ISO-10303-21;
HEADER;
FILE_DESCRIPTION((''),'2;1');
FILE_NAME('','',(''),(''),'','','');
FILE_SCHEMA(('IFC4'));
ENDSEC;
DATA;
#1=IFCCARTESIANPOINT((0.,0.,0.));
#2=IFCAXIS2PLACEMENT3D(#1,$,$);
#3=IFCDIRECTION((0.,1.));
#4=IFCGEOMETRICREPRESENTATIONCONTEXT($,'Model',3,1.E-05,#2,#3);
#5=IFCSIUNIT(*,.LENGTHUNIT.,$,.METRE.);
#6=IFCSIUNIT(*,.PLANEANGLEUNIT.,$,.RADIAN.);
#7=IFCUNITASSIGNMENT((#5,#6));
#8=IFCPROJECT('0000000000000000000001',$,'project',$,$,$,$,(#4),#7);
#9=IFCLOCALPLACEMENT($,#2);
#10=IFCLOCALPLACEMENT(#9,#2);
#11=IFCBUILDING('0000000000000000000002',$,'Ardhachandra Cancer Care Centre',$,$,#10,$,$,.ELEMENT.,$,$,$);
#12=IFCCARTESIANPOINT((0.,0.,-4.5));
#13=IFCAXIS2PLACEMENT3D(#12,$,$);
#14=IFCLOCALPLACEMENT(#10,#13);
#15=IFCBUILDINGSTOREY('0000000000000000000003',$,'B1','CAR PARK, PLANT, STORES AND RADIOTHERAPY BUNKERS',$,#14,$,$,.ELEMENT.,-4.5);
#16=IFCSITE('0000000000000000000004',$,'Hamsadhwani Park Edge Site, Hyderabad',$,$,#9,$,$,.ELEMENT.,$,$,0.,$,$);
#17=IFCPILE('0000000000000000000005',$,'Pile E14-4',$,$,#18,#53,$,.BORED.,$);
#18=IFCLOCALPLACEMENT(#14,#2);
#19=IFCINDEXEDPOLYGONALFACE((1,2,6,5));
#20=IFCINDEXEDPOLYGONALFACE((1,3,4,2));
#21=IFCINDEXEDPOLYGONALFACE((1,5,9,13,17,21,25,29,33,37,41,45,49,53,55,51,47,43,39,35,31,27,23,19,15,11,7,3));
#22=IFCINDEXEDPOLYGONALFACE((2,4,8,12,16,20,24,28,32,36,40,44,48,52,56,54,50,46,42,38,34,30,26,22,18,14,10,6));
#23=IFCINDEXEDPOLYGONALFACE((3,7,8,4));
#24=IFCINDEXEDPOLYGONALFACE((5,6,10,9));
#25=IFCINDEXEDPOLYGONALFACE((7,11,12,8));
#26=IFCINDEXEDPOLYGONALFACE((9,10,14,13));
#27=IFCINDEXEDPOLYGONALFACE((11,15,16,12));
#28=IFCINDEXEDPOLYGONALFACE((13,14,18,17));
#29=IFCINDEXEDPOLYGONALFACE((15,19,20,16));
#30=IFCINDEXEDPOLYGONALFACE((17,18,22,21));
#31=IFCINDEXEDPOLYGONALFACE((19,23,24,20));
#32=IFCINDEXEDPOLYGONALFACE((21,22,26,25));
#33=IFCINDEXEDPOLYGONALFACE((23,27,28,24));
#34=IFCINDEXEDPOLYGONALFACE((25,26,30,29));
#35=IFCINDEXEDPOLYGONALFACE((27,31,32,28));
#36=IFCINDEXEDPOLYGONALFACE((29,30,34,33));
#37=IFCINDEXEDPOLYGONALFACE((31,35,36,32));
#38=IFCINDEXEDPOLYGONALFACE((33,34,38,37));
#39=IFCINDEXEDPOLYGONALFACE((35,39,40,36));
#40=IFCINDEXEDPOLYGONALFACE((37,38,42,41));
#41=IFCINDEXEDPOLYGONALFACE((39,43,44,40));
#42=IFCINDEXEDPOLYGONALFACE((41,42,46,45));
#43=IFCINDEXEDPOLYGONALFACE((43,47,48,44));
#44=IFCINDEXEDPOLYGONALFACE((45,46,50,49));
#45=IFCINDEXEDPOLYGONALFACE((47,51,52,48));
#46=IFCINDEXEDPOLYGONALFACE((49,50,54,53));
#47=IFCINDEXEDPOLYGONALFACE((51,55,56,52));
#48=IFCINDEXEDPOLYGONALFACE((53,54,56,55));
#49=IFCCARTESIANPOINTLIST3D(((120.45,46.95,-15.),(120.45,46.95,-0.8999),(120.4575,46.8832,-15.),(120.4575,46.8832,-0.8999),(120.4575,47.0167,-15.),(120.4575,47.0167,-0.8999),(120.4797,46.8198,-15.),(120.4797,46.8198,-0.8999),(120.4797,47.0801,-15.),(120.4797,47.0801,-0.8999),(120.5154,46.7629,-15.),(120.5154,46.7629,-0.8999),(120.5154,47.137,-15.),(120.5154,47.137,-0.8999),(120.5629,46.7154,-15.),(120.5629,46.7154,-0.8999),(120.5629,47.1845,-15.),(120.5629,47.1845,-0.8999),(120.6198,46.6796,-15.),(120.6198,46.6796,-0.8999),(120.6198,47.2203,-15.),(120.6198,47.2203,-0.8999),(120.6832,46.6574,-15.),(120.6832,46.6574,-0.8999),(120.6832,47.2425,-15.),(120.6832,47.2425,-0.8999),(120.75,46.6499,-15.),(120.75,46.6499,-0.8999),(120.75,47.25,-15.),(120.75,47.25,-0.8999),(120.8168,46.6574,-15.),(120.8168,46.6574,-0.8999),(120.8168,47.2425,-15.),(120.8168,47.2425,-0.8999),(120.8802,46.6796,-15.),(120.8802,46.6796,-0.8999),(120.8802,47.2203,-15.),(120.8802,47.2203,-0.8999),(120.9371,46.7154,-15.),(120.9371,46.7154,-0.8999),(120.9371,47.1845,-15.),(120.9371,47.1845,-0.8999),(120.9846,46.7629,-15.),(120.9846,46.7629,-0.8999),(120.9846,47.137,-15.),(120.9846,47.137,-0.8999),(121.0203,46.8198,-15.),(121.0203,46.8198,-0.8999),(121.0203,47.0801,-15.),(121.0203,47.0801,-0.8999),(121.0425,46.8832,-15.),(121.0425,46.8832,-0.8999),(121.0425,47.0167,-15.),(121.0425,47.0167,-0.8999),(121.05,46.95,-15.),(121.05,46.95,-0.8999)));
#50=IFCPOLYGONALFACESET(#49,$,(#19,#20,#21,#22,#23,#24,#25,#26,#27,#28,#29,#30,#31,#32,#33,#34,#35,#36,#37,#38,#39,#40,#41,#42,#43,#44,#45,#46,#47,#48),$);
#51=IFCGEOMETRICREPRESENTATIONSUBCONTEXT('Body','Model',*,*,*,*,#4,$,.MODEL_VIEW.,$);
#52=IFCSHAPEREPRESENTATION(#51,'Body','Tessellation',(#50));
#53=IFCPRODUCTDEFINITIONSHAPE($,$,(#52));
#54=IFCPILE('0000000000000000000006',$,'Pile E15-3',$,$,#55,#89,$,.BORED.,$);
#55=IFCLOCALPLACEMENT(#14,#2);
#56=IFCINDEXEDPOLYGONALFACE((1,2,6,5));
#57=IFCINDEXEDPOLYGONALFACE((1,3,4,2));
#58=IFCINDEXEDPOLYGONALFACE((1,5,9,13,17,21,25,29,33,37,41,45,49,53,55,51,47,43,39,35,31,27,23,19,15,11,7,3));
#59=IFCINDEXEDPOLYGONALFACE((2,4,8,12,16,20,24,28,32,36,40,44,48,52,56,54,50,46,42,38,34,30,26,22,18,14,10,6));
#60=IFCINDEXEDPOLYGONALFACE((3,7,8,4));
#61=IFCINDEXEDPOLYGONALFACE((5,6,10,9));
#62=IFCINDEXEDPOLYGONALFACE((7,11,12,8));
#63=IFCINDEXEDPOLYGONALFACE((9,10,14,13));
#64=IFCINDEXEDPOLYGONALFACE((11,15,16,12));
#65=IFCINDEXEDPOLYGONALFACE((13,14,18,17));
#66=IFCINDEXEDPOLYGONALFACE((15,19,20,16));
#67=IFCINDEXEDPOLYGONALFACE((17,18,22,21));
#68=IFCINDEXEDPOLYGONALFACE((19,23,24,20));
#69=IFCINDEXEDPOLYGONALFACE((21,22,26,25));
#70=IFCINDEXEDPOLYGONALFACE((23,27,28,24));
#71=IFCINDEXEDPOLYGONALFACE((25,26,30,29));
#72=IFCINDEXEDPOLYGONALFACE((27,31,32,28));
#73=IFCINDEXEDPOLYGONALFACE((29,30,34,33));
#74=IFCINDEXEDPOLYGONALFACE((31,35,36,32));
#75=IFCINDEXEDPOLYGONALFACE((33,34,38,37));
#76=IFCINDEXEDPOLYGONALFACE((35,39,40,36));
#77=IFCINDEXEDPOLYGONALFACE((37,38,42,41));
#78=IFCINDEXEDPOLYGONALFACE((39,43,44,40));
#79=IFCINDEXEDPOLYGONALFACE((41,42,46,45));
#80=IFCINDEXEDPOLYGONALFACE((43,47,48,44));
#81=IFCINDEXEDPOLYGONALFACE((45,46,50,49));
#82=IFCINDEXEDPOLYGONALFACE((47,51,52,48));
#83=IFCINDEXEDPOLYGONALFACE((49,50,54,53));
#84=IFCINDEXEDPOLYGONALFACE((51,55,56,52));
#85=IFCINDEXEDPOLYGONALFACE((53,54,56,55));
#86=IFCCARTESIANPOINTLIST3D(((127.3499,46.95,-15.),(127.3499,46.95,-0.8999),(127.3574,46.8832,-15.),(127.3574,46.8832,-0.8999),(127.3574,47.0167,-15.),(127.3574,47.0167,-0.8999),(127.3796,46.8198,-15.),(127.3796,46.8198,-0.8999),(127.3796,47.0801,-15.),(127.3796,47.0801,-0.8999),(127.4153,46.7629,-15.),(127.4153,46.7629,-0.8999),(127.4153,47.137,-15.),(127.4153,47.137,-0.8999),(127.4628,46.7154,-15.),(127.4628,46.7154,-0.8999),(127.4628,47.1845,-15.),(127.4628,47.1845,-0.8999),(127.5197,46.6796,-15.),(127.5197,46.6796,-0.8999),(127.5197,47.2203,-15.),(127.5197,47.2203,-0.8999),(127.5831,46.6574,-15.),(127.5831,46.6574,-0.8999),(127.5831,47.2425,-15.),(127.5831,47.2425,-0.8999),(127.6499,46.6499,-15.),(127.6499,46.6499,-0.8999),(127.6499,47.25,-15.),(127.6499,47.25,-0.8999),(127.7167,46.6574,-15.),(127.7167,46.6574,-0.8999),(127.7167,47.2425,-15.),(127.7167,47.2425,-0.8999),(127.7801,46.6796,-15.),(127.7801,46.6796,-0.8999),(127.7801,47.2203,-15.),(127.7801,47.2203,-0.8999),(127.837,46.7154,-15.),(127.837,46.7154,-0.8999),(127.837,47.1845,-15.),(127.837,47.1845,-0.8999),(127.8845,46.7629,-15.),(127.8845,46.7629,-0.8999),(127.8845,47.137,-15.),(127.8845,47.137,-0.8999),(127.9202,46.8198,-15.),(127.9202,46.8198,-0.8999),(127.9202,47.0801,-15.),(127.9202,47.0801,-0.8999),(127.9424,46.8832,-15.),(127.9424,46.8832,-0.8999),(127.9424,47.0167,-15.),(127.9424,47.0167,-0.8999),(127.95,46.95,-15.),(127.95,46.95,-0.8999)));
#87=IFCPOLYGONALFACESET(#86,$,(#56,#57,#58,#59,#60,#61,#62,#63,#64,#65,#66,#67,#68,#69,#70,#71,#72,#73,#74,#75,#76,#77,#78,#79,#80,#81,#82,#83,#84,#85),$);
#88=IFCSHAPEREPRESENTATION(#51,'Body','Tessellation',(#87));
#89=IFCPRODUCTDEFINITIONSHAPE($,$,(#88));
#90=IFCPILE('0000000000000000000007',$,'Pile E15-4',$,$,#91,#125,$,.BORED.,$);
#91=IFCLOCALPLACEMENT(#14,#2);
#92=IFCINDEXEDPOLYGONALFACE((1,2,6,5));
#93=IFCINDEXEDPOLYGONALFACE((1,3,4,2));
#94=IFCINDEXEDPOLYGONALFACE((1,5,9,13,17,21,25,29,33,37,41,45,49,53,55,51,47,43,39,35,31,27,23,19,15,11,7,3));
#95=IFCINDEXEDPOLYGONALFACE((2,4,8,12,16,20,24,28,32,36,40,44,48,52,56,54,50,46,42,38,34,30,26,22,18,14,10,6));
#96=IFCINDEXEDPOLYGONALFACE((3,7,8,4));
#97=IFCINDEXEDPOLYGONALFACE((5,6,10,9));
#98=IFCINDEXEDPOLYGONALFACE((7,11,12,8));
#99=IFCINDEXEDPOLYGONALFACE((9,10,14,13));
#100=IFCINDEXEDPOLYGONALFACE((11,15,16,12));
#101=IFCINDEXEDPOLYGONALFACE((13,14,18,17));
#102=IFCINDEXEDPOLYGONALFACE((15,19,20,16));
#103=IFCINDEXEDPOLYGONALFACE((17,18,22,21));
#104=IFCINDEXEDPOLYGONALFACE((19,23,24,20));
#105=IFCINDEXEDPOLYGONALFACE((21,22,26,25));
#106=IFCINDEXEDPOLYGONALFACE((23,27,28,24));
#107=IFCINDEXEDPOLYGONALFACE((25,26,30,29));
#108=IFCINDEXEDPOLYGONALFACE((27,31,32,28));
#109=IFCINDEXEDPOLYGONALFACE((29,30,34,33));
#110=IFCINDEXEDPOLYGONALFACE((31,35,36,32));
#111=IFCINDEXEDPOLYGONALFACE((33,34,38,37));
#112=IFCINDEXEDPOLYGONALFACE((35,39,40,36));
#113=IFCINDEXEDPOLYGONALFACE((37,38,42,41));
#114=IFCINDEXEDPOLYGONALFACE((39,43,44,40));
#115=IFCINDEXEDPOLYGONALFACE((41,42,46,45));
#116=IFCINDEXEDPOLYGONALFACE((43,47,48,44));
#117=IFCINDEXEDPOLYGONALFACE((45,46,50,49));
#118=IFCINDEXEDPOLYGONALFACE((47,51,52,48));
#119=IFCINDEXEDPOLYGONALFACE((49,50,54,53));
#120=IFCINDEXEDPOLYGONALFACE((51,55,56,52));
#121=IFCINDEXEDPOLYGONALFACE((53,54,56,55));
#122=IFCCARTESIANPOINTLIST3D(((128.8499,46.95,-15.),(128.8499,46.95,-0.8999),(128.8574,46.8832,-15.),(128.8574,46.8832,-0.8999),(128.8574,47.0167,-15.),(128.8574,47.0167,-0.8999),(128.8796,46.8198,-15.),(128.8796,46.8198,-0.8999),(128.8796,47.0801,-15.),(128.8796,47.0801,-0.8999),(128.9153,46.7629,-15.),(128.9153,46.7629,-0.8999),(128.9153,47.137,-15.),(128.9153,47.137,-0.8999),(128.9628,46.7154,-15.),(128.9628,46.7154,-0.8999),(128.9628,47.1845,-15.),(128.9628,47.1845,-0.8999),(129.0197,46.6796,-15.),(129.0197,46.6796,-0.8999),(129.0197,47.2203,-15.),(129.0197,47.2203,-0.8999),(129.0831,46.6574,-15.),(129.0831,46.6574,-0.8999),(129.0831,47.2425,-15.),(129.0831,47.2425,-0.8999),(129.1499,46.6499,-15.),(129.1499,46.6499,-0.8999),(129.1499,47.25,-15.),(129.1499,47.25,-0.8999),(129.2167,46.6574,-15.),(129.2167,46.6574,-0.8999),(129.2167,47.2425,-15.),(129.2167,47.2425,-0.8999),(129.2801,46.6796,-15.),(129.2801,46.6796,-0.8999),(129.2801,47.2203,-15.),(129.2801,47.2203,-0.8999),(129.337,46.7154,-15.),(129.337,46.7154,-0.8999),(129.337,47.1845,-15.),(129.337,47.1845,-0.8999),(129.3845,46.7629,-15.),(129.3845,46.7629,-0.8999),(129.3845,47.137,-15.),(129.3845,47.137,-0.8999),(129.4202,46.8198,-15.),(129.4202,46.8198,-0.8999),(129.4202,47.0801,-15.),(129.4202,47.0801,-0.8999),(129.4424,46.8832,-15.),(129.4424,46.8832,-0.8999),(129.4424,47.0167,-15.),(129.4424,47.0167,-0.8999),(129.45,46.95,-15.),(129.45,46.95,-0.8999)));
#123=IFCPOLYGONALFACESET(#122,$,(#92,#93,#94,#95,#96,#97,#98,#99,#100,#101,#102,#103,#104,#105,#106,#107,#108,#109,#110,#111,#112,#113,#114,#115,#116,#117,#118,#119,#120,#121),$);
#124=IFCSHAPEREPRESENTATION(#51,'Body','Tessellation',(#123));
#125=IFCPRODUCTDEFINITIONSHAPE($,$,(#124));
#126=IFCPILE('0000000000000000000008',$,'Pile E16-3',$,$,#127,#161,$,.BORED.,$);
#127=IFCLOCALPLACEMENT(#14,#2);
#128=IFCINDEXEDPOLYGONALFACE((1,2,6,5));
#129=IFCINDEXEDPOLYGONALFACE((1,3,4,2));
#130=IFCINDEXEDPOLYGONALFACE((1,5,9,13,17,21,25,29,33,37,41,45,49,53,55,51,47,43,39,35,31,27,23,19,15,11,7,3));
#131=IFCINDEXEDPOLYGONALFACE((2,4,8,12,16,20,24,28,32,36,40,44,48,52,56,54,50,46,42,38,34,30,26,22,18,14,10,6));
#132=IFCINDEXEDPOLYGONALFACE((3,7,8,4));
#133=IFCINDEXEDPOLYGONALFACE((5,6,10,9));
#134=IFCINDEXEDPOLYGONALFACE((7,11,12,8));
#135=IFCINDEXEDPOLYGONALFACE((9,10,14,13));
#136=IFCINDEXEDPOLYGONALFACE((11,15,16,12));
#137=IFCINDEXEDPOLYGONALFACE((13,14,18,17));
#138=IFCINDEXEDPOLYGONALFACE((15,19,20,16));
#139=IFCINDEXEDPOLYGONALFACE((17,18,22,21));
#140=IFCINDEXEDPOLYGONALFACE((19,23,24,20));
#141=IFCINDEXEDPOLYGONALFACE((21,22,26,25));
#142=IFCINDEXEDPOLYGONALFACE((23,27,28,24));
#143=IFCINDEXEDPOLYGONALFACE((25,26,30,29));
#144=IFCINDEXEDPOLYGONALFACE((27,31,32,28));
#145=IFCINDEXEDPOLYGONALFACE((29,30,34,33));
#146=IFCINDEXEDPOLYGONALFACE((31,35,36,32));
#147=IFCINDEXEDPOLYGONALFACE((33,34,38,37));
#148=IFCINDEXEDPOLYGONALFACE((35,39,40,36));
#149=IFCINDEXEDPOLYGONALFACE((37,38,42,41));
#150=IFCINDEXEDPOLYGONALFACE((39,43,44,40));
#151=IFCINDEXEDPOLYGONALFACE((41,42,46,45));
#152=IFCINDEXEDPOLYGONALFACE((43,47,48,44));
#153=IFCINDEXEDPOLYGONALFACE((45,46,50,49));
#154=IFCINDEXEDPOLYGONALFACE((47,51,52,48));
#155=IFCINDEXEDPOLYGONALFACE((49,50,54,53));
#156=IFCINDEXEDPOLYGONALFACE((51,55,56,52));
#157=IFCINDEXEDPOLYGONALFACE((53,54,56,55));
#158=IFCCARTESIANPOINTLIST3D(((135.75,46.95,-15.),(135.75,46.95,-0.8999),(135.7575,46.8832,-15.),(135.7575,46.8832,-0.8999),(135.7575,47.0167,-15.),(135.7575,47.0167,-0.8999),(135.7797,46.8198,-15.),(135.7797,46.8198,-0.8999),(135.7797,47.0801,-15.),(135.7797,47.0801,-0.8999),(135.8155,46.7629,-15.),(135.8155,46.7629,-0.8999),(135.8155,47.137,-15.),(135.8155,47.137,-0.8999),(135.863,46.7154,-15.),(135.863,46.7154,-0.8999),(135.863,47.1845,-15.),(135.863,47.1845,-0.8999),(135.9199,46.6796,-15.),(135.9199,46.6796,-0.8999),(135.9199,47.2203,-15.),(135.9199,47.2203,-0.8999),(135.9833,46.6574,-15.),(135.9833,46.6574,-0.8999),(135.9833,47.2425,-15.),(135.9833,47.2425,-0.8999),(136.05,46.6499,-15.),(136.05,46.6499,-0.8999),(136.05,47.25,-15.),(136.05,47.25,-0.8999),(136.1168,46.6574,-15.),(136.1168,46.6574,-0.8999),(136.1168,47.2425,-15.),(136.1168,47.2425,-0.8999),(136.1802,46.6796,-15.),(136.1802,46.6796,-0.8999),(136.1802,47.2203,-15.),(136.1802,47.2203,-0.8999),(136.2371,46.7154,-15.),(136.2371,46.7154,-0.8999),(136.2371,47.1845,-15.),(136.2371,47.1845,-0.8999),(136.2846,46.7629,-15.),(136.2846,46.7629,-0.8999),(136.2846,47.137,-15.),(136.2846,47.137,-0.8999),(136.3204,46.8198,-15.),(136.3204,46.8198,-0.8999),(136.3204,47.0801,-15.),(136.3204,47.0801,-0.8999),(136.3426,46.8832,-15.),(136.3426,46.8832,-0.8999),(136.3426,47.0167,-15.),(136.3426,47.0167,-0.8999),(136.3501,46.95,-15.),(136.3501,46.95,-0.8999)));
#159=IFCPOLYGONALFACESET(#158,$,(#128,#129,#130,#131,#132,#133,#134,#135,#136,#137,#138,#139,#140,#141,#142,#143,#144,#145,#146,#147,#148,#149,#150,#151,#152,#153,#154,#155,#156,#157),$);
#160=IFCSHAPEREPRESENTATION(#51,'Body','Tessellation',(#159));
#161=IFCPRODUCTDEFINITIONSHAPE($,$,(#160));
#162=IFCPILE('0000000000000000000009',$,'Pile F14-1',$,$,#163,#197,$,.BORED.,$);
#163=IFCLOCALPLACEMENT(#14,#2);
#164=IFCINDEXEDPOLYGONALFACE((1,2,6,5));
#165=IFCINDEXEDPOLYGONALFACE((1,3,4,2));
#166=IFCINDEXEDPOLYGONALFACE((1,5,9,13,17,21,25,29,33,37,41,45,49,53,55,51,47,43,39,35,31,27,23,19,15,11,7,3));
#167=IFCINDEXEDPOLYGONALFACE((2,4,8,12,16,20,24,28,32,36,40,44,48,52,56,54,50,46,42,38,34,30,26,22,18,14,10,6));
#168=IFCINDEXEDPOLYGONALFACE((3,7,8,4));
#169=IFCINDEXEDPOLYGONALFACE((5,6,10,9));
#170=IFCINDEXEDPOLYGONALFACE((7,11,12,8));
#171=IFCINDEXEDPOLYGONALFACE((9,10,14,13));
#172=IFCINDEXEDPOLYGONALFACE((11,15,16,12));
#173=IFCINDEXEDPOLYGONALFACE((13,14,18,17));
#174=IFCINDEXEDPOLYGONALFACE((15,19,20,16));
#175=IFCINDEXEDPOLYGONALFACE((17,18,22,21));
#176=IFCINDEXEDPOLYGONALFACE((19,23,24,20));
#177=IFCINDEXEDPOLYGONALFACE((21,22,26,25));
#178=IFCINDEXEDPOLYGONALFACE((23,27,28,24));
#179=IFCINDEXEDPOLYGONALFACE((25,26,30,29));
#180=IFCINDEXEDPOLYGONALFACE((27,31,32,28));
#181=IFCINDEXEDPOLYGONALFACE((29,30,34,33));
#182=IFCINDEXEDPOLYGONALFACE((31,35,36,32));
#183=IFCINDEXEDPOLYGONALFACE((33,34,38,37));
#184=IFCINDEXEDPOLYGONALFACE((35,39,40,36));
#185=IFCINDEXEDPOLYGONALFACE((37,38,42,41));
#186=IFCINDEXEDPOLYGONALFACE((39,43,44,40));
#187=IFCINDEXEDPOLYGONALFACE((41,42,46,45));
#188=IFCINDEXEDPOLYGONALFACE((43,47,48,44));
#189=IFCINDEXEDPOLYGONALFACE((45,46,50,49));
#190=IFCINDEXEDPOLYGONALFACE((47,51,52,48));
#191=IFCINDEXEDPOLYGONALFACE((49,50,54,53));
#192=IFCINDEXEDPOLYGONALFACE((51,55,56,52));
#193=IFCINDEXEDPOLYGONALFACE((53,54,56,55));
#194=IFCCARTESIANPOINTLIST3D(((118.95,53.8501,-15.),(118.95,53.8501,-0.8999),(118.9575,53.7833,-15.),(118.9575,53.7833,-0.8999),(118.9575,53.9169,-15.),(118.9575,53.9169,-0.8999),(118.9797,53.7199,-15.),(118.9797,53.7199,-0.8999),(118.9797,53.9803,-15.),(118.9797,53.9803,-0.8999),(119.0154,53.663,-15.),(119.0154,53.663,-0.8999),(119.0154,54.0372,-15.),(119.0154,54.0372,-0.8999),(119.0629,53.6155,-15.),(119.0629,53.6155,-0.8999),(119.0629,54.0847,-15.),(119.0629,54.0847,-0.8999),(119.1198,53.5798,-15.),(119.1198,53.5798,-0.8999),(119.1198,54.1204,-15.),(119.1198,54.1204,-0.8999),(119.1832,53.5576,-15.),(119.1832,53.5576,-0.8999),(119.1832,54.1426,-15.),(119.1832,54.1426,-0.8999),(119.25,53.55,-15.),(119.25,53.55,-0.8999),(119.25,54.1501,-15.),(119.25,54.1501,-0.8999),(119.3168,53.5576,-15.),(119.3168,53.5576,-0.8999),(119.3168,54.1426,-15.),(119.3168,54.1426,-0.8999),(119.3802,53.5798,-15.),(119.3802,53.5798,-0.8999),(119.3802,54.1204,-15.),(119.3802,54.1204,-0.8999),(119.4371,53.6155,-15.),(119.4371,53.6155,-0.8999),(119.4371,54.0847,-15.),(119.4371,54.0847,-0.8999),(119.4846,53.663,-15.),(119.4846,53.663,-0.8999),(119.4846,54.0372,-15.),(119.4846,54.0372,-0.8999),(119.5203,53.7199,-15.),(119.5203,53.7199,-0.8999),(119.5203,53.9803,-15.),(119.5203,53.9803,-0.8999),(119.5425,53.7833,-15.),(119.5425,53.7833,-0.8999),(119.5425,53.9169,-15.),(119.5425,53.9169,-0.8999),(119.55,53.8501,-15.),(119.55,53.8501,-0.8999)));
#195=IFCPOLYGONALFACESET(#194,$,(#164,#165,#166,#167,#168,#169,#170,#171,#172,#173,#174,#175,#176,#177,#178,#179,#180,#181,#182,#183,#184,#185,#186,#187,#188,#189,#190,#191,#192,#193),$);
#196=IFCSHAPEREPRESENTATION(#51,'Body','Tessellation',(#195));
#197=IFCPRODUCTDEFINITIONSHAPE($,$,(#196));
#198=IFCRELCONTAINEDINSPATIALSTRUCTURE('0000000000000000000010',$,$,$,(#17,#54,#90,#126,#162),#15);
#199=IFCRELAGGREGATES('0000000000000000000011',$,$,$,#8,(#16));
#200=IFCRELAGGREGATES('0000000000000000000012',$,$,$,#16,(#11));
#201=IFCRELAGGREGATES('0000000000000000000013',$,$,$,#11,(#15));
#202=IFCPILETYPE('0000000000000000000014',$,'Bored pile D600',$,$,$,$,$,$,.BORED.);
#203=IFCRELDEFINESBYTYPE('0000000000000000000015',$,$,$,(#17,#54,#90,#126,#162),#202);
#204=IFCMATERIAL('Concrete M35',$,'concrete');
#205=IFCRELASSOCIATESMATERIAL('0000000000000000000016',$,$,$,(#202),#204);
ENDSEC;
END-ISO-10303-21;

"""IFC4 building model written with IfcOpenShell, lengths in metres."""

from ifc_helpers import new_model, si_unit, direction, frame, origin, origin_2d, place, context, subcontext, project, spatial, circle, extrude, material, material_profile, profile_set, type_object, element, save


model = new_model("IFC4")

# Units and contexts
model_context = context("Model", 3, precision=1e-05, world=origin(), true_north=direction((0.0, 1.0)))
body_context = subcontext(model_context, "Body", "Model", "MODEL_VIEW")
ifc_project = project(units=[si_unit("LENGTHUNIT", "METRE"), si_unit("PLANEANGLEUNIT", "RADIAN")], contexts=[model_context])

# Site, building, storey
site_placement = place(None, origin())
site = spatial("IfcSite", under=ifc_project, at=site_placement, Name="Hamsadhwani Park Edge Site, Hyderabad", CompositionType="ELEMENT", RefElevation=0.0)
building_placement = place(site_placement, origin())
building = spatial("IfcBuilding", under=site, at=building_placement, Name="Ardhachandra Cancer Care Centre", CompositionType="ELEMENT")
storey_placement = place(building_placement, frame((0.0, 0.0, -4.5)))
storey = spatial("IfcBuildingStorey", under=building, at=storey_placement, Name="B1", Description="CAR PARK, PLANT, STORES AND RADIOTHERAPY BUNKERS", CompositionType="ELEMENT", Elevation=-4.5)

# Piles
ifc_material_1 = material(Name="Concrete M35", Category="concrete")
ifc_material_profile_1 = material_profile(ifc_material_1, circle(Radius=0.3, at=origin_2d()), Name="D600")
ifc_profile_set_1 = profile_set([ifc_material_profile_1], Name="Concrete M35")
pile_type = type_object("IfcPileType", Name="Bored pile D600", PredefinedType="BORED", material=ifc_profile_set_1)
for number, where, z_axis, x_axis, name in (
    (1, (120.75, 46.95, -0.8999), (0.0, 0.0, -1.0), (1.0, 0.0, 0.0), "Pile E14-4"),
    (2, (127.6499, 46.95, -0.8999), (0.0, 0.0, -1.0), (1.0, 0.0, 0.0), "Pile E15-3"),
    (3, (129.1499, 46.95, -0.8999), (0.0, 0.0, -1.0), (1.0, 0.0, 0.0), "Pile E15-4"),
    (4, (136.05, 46.95, -0.8999), (0.0, 0.0, -1.0), (1.0, 0.0, 0.0), "Pile E16-3"),
    (5, (119.25, 53.8501, -0.8999), (0.0, 0.0, -1.0), (1.0, 0.0, 0.0), "Pile F14-1"),
):
    element("IfcPile", number, at=place(storey_placement, frame(where, z_axis=z_axis, x_axis=x_axis)), inside=storey, type_object=pile_type, Name=name, PredefinedType="BORED", context=body_context, shape_type="SweptSolid", body=[
        extrude(circle(Radius=0.3, at=origin_2d()), origin(), (0.0, 0.0, 1.0), 14.1001),
    ])

save(model, "model.ifc")
